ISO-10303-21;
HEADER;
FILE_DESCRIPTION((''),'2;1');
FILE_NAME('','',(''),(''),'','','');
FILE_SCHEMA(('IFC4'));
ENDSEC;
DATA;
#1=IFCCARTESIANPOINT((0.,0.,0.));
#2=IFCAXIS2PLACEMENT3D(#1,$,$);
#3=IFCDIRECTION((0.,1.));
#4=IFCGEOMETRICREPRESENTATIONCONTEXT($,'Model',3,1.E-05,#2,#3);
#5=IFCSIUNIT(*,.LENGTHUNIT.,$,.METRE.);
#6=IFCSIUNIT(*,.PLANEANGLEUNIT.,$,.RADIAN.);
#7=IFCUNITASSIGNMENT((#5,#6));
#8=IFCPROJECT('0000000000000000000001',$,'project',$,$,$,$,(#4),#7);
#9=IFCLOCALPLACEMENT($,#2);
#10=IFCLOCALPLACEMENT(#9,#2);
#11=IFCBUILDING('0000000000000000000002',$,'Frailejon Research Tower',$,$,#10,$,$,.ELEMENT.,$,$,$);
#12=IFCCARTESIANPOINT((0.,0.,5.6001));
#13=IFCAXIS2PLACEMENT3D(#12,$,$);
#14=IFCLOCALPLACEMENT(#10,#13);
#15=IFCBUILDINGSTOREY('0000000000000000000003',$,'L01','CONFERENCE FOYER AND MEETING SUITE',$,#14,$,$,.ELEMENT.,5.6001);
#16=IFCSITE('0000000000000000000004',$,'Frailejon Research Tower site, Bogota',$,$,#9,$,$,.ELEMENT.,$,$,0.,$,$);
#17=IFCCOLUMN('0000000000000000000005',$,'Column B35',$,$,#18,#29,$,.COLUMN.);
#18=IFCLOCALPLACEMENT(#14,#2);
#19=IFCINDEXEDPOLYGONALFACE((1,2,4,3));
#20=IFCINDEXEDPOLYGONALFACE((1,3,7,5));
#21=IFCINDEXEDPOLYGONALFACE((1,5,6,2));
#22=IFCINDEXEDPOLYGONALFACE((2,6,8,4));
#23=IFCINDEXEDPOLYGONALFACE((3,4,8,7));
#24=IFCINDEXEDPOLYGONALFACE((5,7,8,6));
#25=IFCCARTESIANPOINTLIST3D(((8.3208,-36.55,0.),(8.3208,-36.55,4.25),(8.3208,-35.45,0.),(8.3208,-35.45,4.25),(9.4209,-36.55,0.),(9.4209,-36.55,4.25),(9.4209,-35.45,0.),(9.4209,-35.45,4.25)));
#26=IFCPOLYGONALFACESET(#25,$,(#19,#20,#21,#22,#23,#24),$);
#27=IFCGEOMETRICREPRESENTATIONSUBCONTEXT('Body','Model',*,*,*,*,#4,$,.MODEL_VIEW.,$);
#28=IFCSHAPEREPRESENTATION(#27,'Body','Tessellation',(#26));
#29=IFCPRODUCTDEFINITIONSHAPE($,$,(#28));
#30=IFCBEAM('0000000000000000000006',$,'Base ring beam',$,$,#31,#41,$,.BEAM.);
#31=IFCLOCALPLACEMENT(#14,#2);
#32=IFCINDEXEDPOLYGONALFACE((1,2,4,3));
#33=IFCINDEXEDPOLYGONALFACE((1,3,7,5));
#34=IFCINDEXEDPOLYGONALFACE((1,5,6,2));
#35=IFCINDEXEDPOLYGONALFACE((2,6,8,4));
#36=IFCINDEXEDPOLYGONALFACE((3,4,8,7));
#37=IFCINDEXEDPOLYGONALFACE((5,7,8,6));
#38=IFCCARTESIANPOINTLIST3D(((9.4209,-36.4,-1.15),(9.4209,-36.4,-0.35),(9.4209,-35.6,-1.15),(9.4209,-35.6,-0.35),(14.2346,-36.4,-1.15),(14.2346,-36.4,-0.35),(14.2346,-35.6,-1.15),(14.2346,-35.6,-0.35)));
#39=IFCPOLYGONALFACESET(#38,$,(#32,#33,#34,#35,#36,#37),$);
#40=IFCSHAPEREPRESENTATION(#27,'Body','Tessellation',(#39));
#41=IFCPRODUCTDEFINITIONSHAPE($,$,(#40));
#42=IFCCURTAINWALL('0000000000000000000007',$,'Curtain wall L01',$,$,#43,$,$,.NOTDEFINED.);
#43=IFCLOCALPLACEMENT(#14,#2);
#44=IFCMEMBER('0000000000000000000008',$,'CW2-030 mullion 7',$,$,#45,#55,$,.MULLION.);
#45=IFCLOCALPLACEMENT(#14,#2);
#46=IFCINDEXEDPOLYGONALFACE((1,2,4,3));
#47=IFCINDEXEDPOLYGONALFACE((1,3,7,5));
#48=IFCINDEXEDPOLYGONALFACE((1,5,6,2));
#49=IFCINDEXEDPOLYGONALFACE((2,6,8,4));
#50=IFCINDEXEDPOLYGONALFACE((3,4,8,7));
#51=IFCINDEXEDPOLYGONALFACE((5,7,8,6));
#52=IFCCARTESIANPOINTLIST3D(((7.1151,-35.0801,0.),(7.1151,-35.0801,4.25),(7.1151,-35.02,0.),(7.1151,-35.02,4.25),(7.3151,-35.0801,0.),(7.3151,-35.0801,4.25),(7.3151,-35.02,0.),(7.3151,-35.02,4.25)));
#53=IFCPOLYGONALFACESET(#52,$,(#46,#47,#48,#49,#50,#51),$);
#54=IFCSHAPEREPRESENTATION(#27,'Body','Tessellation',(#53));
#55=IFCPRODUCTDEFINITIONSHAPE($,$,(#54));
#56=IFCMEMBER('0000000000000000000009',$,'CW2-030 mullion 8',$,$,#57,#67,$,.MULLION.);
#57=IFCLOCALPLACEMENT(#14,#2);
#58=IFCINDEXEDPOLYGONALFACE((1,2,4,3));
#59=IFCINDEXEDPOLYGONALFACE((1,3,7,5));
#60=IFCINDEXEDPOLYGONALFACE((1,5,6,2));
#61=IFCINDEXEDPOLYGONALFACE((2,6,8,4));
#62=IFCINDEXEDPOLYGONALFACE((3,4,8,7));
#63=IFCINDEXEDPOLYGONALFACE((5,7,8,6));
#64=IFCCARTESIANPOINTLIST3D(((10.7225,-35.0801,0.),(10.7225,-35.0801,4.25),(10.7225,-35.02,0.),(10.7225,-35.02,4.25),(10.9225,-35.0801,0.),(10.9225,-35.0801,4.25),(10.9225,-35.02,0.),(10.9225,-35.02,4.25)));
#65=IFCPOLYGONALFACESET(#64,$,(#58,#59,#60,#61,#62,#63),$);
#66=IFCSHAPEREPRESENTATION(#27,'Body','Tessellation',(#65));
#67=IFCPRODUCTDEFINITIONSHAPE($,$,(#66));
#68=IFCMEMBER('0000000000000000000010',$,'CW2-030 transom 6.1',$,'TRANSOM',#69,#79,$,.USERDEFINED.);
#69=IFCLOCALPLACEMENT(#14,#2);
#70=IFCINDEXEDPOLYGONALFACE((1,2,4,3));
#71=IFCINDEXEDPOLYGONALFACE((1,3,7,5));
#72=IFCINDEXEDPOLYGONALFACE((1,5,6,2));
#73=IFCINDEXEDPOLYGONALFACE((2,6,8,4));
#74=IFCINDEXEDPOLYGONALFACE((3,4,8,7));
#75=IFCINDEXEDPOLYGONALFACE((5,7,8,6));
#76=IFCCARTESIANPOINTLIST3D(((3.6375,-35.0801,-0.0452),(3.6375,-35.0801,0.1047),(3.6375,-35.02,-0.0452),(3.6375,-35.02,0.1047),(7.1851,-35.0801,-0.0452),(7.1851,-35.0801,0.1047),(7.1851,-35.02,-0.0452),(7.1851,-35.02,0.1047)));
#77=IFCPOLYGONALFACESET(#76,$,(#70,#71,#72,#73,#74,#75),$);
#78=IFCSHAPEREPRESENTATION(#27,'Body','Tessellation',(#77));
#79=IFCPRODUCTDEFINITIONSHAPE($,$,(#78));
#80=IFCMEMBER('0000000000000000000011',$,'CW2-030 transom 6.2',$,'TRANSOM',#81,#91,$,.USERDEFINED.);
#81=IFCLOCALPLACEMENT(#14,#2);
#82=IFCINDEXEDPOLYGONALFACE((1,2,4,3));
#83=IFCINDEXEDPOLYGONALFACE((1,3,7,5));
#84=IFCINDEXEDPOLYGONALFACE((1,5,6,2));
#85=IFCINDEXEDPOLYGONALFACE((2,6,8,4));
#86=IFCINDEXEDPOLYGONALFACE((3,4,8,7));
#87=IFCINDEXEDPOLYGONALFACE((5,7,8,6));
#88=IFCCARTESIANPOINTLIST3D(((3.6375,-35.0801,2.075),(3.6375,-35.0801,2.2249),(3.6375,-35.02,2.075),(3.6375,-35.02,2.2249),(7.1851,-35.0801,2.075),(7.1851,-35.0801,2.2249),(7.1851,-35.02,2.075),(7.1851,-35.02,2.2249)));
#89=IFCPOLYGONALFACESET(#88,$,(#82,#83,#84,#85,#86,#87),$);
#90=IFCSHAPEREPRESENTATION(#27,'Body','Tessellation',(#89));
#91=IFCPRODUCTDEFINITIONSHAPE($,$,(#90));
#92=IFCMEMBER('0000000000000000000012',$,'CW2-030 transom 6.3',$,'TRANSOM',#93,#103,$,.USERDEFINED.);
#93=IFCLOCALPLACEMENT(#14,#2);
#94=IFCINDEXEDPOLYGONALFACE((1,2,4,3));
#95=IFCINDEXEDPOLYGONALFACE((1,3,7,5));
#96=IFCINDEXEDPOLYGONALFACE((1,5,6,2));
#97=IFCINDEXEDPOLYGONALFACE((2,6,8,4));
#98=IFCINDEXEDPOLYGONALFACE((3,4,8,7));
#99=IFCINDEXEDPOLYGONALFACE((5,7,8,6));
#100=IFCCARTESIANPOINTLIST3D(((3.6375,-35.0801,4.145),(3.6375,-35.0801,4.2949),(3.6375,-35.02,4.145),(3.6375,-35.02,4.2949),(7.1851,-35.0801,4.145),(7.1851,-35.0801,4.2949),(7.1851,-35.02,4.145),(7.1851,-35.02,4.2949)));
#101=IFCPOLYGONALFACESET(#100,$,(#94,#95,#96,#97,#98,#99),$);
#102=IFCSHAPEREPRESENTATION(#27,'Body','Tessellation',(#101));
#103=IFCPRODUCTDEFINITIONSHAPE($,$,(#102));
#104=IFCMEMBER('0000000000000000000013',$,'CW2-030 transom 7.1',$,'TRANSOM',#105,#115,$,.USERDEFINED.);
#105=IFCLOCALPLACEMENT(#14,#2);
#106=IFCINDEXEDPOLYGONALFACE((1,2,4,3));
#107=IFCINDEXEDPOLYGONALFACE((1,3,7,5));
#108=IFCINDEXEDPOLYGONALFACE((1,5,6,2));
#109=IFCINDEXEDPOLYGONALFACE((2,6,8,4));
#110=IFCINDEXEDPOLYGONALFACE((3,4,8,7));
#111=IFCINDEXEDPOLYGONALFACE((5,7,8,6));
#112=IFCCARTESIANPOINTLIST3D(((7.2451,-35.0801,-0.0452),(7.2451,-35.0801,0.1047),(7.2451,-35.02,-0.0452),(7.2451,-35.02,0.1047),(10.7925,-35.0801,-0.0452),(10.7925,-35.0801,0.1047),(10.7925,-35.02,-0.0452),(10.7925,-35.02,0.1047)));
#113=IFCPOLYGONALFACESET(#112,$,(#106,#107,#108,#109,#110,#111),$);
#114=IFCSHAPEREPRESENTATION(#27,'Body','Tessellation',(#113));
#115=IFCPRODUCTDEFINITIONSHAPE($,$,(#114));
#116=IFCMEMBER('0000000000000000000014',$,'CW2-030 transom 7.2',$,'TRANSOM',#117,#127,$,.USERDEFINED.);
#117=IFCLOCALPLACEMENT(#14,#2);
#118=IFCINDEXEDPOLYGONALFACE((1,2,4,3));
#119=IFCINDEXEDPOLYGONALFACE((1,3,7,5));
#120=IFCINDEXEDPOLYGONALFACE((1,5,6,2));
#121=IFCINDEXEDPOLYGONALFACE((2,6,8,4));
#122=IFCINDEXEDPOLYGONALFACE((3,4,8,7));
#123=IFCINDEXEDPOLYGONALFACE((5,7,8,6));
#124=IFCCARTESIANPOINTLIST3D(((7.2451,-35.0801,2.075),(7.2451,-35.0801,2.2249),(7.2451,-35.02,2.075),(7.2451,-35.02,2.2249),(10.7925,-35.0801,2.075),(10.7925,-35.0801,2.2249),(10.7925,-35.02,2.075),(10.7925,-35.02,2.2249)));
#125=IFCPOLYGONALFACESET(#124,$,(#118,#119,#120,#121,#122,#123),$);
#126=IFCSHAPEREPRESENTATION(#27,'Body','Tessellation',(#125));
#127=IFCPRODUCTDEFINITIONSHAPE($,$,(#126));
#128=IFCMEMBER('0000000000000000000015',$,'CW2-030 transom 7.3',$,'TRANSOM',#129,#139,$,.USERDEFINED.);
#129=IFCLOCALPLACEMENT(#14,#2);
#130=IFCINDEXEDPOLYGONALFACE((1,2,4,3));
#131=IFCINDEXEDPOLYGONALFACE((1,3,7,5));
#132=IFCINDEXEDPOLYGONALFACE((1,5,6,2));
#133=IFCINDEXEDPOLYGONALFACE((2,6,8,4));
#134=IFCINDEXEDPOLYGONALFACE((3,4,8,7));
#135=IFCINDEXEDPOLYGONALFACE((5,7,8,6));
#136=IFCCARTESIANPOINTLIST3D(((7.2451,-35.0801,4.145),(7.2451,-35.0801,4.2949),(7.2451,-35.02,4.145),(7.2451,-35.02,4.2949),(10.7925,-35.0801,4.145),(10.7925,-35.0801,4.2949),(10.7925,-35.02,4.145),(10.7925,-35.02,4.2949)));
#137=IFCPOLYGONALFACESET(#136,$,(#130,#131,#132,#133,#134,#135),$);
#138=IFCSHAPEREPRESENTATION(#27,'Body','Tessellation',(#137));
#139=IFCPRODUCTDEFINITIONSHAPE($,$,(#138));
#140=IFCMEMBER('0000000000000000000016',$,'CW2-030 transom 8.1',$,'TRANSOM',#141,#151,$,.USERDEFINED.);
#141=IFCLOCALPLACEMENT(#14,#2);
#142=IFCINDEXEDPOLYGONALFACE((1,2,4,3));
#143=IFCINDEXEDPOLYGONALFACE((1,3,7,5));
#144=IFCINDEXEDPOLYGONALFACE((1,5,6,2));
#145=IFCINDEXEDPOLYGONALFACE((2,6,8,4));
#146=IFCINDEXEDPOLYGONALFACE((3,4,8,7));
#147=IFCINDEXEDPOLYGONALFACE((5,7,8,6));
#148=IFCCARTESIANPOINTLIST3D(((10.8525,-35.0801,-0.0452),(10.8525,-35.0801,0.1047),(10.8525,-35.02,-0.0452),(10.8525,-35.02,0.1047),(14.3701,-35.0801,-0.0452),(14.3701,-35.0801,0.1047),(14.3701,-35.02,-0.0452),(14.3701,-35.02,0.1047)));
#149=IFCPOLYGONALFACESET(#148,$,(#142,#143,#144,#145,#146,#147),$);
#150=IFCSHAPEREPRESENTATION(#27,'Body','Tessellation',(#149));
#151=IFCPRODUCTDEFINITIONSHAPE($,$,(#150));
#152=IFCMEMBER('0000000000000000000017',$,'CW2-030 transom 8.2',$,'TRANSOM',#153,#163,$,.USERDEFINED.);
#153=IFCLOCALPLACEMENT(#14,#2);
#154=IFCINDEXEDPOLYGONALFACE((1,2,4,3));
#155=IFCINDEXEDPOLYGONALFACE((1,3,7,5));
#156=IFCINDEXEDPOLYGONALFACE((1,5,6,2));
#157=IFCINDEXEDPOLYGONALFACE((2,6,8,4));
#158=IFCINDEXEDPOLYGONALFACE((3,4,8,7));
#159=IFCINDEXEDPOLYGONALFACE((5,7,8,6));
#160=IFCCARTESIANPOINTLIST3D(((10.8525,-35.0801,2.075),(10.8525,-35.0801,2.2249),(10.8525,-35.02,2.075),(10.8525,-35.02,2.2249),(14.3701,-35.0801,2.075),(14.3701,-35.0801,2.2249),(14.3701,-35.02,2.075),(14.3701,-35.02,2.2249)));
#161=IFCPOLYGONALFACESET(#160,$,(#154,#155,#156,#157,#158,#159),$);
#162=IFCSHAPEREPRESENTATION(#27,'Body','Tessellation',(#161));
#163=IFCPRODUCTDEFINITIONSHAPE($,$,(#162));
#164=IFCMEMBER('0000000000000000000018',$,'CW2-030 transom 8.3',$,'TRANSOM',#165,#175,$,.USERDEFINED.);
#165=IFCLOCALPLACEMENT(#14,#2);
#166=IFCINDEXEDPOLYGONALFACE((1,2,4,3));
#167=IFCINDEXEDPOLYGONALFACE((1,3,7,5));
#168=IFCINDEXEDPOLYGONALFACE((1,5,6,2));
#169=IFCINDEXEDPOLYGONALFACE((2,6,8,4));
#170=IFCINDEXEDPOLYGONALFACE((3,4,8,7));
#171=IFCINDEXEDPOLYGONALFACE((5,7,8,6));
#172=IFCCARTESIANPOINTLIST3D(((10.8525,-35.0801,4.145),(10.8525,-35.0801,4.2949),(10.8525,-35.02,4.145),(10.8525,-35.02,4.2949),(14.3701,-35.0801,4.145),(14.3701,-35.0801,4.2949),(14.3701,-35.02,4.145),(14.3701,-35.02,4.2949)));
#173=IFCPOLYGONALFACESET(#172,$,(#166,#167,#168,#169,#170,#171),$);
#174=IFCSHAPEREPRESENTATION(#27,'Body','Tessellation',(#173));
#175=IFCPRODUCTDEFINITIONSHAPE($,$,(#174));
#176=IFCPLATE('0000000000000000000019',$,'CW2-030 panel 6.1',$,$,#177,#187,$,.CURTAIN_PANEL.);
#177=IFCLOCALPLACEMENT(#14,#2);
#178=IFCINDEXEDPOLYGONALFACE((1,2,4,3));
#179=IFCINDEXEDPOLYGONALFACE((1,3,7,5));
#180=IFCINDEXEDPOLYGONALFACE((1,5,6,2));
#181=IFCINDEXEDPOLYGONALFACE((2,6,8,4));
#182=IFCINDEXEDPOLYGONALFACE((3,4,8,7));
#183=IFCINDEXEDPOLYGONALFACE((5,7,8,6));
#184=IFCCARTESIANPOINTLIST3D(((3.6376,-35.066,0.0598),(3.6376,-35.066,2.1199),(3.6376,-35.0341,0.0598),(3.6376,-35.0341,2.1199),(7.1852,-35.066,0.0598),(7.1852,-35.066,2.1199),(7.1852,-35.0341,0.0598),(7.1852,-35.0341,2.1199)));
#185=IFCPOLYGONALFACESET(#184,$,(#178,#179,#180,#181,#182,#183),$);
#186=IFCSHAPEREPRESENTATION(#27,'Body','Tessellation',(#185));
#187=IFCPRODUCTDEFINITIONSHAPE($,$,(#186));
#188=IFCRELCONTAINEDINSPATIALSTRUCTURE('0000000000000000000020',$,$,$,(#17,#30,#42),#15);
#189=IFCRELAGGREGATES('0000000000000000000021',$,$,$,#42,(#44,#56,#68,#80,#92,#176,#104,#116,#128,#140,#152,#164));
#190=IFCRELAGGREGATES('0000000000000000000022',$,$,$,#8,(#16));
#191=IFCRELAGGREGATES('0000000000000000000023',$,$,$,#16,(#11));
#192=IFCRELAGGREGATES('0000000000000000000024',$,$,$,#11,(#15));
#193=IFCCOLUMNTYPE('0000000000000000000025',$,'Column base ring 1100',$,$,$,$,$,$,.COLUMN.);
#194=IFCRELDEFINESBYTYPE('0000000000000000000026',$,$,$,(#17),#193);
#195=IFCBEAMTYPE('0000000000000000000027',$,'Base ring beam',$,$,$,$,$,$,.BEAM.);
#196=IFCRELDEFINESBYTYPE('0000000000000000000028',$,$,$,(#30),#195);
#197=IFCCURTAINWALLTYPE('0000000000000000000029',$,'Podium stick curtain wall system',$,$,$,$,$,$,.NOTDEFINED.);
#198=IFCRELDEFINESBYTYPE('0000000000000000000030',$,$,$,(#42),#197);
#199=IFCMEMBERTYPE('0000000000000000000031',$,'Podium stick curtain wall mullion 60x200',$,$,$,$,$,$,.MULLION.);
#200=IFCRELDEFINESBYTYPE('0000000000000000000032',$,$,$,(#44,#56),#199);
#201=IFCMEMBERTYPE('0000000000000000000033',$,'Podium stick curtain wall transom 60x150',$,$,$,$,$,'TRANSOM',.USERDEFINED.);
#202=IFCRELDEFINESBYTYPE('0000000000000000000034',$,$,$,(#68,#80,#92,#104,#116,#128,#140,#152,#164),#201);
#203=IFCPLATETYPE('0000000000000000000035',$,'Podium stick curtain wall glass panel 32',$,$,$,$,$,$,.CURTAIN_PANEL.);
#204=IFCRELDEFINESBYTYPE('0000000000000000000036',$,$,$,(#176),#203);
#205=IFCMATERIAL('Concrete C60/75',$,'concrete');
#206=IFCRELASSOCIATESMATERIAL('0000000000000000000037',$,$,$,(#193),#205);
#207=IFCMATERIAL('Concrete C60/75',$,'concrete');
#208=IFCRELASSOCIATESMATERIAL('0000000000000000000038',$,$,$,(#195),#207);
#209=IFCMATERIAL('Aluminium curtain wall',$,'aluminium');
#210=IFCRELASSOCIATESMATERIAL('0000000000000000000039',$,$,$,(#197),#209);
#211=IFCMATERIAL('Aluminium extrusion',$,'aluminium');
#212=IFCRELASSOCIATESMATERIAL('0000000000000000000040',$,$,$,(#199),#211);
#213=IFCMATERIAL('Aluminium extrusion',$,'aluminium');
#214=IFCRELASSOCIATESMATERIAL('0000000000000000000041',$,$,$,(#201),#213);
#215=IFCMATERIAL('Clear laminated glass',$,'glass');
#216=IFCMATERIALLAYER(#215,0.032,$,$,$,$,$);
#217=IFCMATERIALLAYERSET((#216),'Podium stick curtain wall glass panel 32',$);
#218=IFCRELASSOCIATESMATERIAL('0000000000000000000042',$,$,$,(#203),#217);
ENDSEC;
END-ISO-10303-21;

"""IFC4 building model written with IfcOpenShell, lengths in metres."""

from ifc_helpers import new_model, si_unit, direction, frame, origin, origin_2d, place, context, subcontext, project, spatial, rectangle, extrude, material, layer, layer_set, material_profile, profile_set, type_object, element, aggregate, save


model = new_model("IFC4")

# Units and contexts
model_context = context("Model", 3, precision=1e-05, world=origin(), true_north=direction((0.0, 1.0)))
body_context = subcontext(model_context, "Body", "Model", "MODEL_VIEW")
ifc_project = project(units=[si_unit("LENGTHUNIT", "METRE"), si_unit("PLANEANGLEUNIT", "RADIAN")], contexts=[model_context])

# Site, building, storey
site_placement = place(None, origin())
site = spatial("IfcSite", under=ifc_project, at=site_placement, Name="Frailejon Research Tower site, Bogota", CompositionType="ELEMENT", RefElevation=0.0)
building_placement = place(site_placement, origin())
building = spatial("IfcBuilding", under=site, at=building_placement, Name="Frailejon Research Tower", CompositionType="ELEMENT")
storey_placement = place(building_placement, frame((0.0, 0.0, 5.6001)))
storey = spatial("IfcBuildingStorey", under=building, at=storey_placement, Name="L01", Description="CONFERENCE FOYER AND MEETING SUITE", CompositionType="ELEMENT", Elevation=5.6001)

# Column
ifc_material_1 = material(Name="Concrete C60/75", Category="concrete")
ifc_material_profile_1 = material_profile(ifc_material_1, rectangle(XDim=1.1001, YDim=1.1001, at=origin_2d()), Name="Column base ring 1100")
ifc_profile_set_1 = profile_set([ifc_material_profile_1], Name="Concrete C60/75")
column_type = type_object("IfcColumnType", Name="Column base ring 1100", PredefinedType="COLUMN", material=ifc_profile_set_1)
column_placement = place(storey_placement, frame((8.8708, -36.0, 0.0), z_axis=(0.0, 0.0, 1.0), x_axis=(1.0, 0.0, 0.0)))
element("IfcColumn", 1, at=column_placement, inside=storey, type_object=column_type, Name="Column B35", PredefinedType="COLUMN", context=body_context, shape_type="SweptSolid", body=[
    extrude(rectangle(XDim=1.1001, YDim=1.1001, at=origin_2d()), origin(), (0.0, 0.0, 1.0), 4.25),
])

# Beam
ifc_material_2 = material(Name="Concrete C60/75", Category="concrete")
ifc_material_profile_2 = material_profile(ifc_material_2, rectangle(XDim=0.8, YDim=0.8, at=origin_2d()), Name="Base ring beam")
ifc_profile_set_2 = profile_set([ifc_material_profile_2], Name="Concrete C60/75")
beam_type = type_object("IfcBeamType", Name="Base ring beam", PredefinedType="BEAM", material=ifc_profile_set_2)
beam_placement = place(storey_placement, frame((9.4209, -36.0, -0.75), z_axis=(1.0, 0.0, 0.0), x_axis=(0.0, 1.0, 0.0)))
element("IfcBeam", 2, at=beam_placement, inside=storey, type_object=beam_type, Name="Base ring beam", PredefinedType="BEAM", context=body_context, shape_type="SweptSolid", body=[
    extrude(rectangle(XDim=0.8, YDim=0.8, at=origin_2d()), origin(), (0.0, 0.0, 1.0), 4.8137),
])

# Curtain wall, members, plate
ifc_material_3 = material(Name="Aluminium curtain wall", Category="aluminium")
curtain_wall_type = type_object("IfcCurtainWallType", Name="Podium stick curtain wall system", PredefinedType="NOTDEFINED", material=ifc_material_3)
curtain_wall_placement = place(storey_placement, origin())
curtain_wall = element("IfcCurtainWall", 3, at=curtain_wall_placement, inside=storey, type_object=curtain_wall_type, Name="Curtain wall L01", PredefinedType="NOTDEFINED")
ifc_material_4 = material(Name="Aluminium extrusion", Category="aluminium")
ifc_material_profile_3 = material_profile(ifc_material_4, rectangle(XDim=0.0601, YDim=0.2, at=origin_2d()), Name="Podium stick curtain wall mullion 60x200")
ifc_profile_set_3 = profile_set([ifc_material_profile_3], Name="Aluminium extrusion")
member_type_1 = type_object("IfcMemberType", Name="Podium stick curtain wall mullion 60x200", PredefinedType="MULLION", material=ifc_profile_set_3)
member_1_placement = place(storey_placement, frame((7.2151, -35.05, 0.0), z_axis=(0.0, 0.0, 1.0), x_axis=(0.0, 1.0, 0.0)))
member_1 = element("IfcMember", 4, at=member_1_placement, type_object=member_type_1, Name="CW2-030 mullion 7", PredefinedType="MULLION", context=body_context, shape_type="SweptSolid", body=[
    extrude(rectangle(XDim=0.0601, YDim=0.2, at=origin_2d()), origin(), (0.0, 0.0, 1.0), 4.25),
])
member_2_placement = place(storey_placement, frame((10.8225, -35.05, 0.0), z_axis=(0.0, 0.0, 1.0), x_axis=(0.0, 1.0, 0.0)))
member_2 = element("IfcMember", 5, at=member_2_placement, type_object=member_type_1, Name="CW2-030 mullion 8", PredefinedType="MULLION", context=body_context, shape_type="SweptSolid", body=[
    extrude(rectangle(XDim=0.0601, YDim=0.2, at=origin_2d()), origin(), (0.0, 0.0, 1.0), 4.25),
])
ifc_material_5 = material(Name="Aluminium extrusion", Category="aluminium")
ifc_material_profile_4 = material_profile(ifc_material_5, rectangle(XDim=0.0601, YDim=0.1499, at=origin_2d()), Name="Podium stick curtain wall transom 60x150")
ifc_profile_set_4 = profile_set([ifc_material_profile_4], Name="Aluminium extrusion")
member_type_2 = type_object("IfcMemberType", Name="Podium stick curtain wall transom 60x150", ElementType="TRANSOM", PredefinedType="USERDEFINED", material=ifc_profile_set_4)
member_3_placement = place(storey_placement, frame((3.6375, -35.05, 0.0298), z_axis=(1.0, 0.0, 0.0), x_axis=(0.0, 1.0, 0.0)))
member_3 = element("IfcMember", 6, at=member_3_placement, type_object=member_type_2, Name="CW2-030 transom 6.1", ObjectType="TRANSOM", PredefinedType="USERDEFINED", context=body_context, shape_type="SweptSolid", body=[
    extrude(rectangle(XDim=0.0601, YDim=0.1499, at=origin_2d()), origin(), (0.0, 0.0, 1.0), 3.5476),
])
member_4_placement = place(storey_placement, frame((3.6375, -35.05, 2.1499), z_axis=(1.0, 0.0, 0.0), x_axis=(0.0, 1.0, 0.0)))
member_4 = element("IfcMember", 7, at=member_4_placement, type_object=member_type_2, Name="CW2-030 transom 6.2", ObjectType="TRANSOM", PredefinedType="USERDEFINED", context=body_context, shape_type="SweptSolid", body=[
    extrude(rectangle(XDim=0.0601, YDim=0.1499, at=origin_2d()), origin(), (0.0, 0.0, 1.0), 3.5476),
])
member_5_placement = place(storey_placement, frame((3.6375, -35.05, 4.22), z_axis=(1.0, 0.0, 0.0), x_axis=(0.0, 1.0, 0.0)))
member_5 = element("IfcMember", 8, at=member_5_placement, type_object=member_type_2, Name="CW2-030 transom 6.3", ObjectType="TRANSOM", PredefinedType="USERDEFINED", context=body_context, shape_type="SweptSolid", body=[
    extrude(rectangle(XDim=0.0601, YDim=0.1499, at=origin_2d()), origin(), (0.0, 0.0, 1.0), 3.5476),
])
member_6_placement = place(storey_placement, frame((7.2451, -35.05, 0.0298), z_axis=(1.0, 0.0, 0.0), x_axis=(0.0, 1.0, 0.0)))
member_6 = element("IfcMember", 9, at=member_6_placement, type_object=member_type_2, Name="CW2-030 transom 7.1", ObjectType="TRANSOM", PredefinedType="USERDEFINED", context=body_context, shape_type="SweptSolid", body=[
    extrude(rectangle(XDim=0.0601, YDim=0.1499, at=origin_2d()), origin(), (0.0, 0.0, 1.0), 3.5474),
])
member_7_placement = place(storey_placement, frame((7.2451, -35.05, 2.1499), z_axis=(1.0, 0.0, 0.0), x_axis=(0.0, 1.0, 0.0)))
member_7 = element("IfcMember", 10, at=member_7_placement, type_object=member_type_2, Name="CW2-030 transom 7.2", ObjectType="TRANSOM", PredefinedType="USERDEFINED", context=body_context, shape_type="SweptSolid", body=[
    extrude(rectangle(XDim=0.0601, YDim=0.1499, at=origin_2d()), origin(), (0.0, 0.0, 1.0), 3.5474),
])
member_8_placement = place(storey_placement, frame((7.2451, -35.05, 4.22), z_axis=(1.0, 0.0, 0.0), x_axis=(0.0, 1.0, 0.0)))
member_8 = element("IfcMember", 11, at=member_8_placement, type_object=member_type_2, Name="CW2-030 transom 7.3", ObjectType="TRANSOM", PredefinedType="USERDEFINED", context=body_context, shape_type="SweptSolid", body=[
    extrude(rectangle(XDim=0.0601, YDim=0.1499, at=origin_2d()), origin(), (0.0, 0.0, 1.0), 3.5474),
])
member_9_placement = place(storey_placement, frame((10.8525, -35.05, 0.0298), z_axis=(1.0, 0.0, 0.0), x_axis=(0.0, 1.0, 0.0)))
member_9 = element("IfcMember", 12, at=member_9_placement, type_object=member_type_2, Name="CW2-030 transom 8.1", ObjectType="TRANSOM", PredefinedType="USERDEFINED", context=body_context, shape_type="SweptSolid", body=[
    extrude(rectangle(XDim=0.0601, YDim=0.1499, at=origin_2d()), origin(), (0.0, 0.0, 1.0), 3.5176),
])
member_10_placement = place(storey_placement, frame((10.8525, -35.05, 2.1499), z_axis=(1.0, 0.0, 0.0), x_axis=(0.0, 1.0, 0.0)))
member_10 = element("IfcMember", 13, at=member_10_placement, type_object=member_type_2, Name="CW2-030 transom 8.2", ObjectType="TRANSOM", PredefinedType="USERDEFINED", context=body_context, shape_type="SweptSolid", body=[
    extrude(rectangle(XDim=0.0601, YDim=0.1499, at=origin_2d()), origin(), (0.0, 0.0, 1.0), 3.5176),
])
member_11_placement = place(storey_placement, frame((10.8525, -35.05, 4.22), z_axis=(1.0, 0.0, 0.0), x_axis=(0.0, 1.0, 0.0)))
member_11 = element("IfcMember", 14, at=member_11_placement, type_object=member_type_2, Name="CW2-030 transom 8.3", ObjectType="TRANSOM", PredefinedType="USERDEFINED", context=body_context, shape_type="SweptSolid", body=[
    extrude(rectangle(XDim=0.0601, YDim=0.1499, at=origin_2d()), origin(), (0.0, 0.0, 1.0), 3.5176),
])
ifc_material_6 = material(Name="Clear laminated glass", Category="glass")
ifc_layer_1 = layer(ifc_material_6, 0.032)
ifc_layer_set_1 = layer_set([ifc_layer_1], Name="Podium stick curtain wall glass panel 32")
plate_type = type_object("IfcPlateType", Name="Podium stick curtain wall glass panel 32", PredefinedType="CURTAIN_PANEL", material=ifc_layer_set_1)
plate_1_placement = place(storey_placement, frame((5.4114, -35.05, 0.0598), z_axis=(0.0, 0.0, 1.0), x_axis=(1.0, 0.0, 0.0)))
plate_1 = element("IfcPlate", 15, at=plate_1_placement, type_object=plate_type, Name="CW2-030 panel 6.1", PredefinedType="CURTAIN_PANEL", context=body_context, shape_type="SweptSolid", body=[
    extrude(rectangle(XDim=3.5476, YDim=0.032, at=origin_2d()), origin(), (0.0, 0.0, 1.0), 2.0601),
])
aggregate(curtain_wall, [member_1, member_2, member_3, member_4, member_5, plate_1, member_6, member_7, member_8, member_9, member_10, member_11])

save(model, "model.ifc")
